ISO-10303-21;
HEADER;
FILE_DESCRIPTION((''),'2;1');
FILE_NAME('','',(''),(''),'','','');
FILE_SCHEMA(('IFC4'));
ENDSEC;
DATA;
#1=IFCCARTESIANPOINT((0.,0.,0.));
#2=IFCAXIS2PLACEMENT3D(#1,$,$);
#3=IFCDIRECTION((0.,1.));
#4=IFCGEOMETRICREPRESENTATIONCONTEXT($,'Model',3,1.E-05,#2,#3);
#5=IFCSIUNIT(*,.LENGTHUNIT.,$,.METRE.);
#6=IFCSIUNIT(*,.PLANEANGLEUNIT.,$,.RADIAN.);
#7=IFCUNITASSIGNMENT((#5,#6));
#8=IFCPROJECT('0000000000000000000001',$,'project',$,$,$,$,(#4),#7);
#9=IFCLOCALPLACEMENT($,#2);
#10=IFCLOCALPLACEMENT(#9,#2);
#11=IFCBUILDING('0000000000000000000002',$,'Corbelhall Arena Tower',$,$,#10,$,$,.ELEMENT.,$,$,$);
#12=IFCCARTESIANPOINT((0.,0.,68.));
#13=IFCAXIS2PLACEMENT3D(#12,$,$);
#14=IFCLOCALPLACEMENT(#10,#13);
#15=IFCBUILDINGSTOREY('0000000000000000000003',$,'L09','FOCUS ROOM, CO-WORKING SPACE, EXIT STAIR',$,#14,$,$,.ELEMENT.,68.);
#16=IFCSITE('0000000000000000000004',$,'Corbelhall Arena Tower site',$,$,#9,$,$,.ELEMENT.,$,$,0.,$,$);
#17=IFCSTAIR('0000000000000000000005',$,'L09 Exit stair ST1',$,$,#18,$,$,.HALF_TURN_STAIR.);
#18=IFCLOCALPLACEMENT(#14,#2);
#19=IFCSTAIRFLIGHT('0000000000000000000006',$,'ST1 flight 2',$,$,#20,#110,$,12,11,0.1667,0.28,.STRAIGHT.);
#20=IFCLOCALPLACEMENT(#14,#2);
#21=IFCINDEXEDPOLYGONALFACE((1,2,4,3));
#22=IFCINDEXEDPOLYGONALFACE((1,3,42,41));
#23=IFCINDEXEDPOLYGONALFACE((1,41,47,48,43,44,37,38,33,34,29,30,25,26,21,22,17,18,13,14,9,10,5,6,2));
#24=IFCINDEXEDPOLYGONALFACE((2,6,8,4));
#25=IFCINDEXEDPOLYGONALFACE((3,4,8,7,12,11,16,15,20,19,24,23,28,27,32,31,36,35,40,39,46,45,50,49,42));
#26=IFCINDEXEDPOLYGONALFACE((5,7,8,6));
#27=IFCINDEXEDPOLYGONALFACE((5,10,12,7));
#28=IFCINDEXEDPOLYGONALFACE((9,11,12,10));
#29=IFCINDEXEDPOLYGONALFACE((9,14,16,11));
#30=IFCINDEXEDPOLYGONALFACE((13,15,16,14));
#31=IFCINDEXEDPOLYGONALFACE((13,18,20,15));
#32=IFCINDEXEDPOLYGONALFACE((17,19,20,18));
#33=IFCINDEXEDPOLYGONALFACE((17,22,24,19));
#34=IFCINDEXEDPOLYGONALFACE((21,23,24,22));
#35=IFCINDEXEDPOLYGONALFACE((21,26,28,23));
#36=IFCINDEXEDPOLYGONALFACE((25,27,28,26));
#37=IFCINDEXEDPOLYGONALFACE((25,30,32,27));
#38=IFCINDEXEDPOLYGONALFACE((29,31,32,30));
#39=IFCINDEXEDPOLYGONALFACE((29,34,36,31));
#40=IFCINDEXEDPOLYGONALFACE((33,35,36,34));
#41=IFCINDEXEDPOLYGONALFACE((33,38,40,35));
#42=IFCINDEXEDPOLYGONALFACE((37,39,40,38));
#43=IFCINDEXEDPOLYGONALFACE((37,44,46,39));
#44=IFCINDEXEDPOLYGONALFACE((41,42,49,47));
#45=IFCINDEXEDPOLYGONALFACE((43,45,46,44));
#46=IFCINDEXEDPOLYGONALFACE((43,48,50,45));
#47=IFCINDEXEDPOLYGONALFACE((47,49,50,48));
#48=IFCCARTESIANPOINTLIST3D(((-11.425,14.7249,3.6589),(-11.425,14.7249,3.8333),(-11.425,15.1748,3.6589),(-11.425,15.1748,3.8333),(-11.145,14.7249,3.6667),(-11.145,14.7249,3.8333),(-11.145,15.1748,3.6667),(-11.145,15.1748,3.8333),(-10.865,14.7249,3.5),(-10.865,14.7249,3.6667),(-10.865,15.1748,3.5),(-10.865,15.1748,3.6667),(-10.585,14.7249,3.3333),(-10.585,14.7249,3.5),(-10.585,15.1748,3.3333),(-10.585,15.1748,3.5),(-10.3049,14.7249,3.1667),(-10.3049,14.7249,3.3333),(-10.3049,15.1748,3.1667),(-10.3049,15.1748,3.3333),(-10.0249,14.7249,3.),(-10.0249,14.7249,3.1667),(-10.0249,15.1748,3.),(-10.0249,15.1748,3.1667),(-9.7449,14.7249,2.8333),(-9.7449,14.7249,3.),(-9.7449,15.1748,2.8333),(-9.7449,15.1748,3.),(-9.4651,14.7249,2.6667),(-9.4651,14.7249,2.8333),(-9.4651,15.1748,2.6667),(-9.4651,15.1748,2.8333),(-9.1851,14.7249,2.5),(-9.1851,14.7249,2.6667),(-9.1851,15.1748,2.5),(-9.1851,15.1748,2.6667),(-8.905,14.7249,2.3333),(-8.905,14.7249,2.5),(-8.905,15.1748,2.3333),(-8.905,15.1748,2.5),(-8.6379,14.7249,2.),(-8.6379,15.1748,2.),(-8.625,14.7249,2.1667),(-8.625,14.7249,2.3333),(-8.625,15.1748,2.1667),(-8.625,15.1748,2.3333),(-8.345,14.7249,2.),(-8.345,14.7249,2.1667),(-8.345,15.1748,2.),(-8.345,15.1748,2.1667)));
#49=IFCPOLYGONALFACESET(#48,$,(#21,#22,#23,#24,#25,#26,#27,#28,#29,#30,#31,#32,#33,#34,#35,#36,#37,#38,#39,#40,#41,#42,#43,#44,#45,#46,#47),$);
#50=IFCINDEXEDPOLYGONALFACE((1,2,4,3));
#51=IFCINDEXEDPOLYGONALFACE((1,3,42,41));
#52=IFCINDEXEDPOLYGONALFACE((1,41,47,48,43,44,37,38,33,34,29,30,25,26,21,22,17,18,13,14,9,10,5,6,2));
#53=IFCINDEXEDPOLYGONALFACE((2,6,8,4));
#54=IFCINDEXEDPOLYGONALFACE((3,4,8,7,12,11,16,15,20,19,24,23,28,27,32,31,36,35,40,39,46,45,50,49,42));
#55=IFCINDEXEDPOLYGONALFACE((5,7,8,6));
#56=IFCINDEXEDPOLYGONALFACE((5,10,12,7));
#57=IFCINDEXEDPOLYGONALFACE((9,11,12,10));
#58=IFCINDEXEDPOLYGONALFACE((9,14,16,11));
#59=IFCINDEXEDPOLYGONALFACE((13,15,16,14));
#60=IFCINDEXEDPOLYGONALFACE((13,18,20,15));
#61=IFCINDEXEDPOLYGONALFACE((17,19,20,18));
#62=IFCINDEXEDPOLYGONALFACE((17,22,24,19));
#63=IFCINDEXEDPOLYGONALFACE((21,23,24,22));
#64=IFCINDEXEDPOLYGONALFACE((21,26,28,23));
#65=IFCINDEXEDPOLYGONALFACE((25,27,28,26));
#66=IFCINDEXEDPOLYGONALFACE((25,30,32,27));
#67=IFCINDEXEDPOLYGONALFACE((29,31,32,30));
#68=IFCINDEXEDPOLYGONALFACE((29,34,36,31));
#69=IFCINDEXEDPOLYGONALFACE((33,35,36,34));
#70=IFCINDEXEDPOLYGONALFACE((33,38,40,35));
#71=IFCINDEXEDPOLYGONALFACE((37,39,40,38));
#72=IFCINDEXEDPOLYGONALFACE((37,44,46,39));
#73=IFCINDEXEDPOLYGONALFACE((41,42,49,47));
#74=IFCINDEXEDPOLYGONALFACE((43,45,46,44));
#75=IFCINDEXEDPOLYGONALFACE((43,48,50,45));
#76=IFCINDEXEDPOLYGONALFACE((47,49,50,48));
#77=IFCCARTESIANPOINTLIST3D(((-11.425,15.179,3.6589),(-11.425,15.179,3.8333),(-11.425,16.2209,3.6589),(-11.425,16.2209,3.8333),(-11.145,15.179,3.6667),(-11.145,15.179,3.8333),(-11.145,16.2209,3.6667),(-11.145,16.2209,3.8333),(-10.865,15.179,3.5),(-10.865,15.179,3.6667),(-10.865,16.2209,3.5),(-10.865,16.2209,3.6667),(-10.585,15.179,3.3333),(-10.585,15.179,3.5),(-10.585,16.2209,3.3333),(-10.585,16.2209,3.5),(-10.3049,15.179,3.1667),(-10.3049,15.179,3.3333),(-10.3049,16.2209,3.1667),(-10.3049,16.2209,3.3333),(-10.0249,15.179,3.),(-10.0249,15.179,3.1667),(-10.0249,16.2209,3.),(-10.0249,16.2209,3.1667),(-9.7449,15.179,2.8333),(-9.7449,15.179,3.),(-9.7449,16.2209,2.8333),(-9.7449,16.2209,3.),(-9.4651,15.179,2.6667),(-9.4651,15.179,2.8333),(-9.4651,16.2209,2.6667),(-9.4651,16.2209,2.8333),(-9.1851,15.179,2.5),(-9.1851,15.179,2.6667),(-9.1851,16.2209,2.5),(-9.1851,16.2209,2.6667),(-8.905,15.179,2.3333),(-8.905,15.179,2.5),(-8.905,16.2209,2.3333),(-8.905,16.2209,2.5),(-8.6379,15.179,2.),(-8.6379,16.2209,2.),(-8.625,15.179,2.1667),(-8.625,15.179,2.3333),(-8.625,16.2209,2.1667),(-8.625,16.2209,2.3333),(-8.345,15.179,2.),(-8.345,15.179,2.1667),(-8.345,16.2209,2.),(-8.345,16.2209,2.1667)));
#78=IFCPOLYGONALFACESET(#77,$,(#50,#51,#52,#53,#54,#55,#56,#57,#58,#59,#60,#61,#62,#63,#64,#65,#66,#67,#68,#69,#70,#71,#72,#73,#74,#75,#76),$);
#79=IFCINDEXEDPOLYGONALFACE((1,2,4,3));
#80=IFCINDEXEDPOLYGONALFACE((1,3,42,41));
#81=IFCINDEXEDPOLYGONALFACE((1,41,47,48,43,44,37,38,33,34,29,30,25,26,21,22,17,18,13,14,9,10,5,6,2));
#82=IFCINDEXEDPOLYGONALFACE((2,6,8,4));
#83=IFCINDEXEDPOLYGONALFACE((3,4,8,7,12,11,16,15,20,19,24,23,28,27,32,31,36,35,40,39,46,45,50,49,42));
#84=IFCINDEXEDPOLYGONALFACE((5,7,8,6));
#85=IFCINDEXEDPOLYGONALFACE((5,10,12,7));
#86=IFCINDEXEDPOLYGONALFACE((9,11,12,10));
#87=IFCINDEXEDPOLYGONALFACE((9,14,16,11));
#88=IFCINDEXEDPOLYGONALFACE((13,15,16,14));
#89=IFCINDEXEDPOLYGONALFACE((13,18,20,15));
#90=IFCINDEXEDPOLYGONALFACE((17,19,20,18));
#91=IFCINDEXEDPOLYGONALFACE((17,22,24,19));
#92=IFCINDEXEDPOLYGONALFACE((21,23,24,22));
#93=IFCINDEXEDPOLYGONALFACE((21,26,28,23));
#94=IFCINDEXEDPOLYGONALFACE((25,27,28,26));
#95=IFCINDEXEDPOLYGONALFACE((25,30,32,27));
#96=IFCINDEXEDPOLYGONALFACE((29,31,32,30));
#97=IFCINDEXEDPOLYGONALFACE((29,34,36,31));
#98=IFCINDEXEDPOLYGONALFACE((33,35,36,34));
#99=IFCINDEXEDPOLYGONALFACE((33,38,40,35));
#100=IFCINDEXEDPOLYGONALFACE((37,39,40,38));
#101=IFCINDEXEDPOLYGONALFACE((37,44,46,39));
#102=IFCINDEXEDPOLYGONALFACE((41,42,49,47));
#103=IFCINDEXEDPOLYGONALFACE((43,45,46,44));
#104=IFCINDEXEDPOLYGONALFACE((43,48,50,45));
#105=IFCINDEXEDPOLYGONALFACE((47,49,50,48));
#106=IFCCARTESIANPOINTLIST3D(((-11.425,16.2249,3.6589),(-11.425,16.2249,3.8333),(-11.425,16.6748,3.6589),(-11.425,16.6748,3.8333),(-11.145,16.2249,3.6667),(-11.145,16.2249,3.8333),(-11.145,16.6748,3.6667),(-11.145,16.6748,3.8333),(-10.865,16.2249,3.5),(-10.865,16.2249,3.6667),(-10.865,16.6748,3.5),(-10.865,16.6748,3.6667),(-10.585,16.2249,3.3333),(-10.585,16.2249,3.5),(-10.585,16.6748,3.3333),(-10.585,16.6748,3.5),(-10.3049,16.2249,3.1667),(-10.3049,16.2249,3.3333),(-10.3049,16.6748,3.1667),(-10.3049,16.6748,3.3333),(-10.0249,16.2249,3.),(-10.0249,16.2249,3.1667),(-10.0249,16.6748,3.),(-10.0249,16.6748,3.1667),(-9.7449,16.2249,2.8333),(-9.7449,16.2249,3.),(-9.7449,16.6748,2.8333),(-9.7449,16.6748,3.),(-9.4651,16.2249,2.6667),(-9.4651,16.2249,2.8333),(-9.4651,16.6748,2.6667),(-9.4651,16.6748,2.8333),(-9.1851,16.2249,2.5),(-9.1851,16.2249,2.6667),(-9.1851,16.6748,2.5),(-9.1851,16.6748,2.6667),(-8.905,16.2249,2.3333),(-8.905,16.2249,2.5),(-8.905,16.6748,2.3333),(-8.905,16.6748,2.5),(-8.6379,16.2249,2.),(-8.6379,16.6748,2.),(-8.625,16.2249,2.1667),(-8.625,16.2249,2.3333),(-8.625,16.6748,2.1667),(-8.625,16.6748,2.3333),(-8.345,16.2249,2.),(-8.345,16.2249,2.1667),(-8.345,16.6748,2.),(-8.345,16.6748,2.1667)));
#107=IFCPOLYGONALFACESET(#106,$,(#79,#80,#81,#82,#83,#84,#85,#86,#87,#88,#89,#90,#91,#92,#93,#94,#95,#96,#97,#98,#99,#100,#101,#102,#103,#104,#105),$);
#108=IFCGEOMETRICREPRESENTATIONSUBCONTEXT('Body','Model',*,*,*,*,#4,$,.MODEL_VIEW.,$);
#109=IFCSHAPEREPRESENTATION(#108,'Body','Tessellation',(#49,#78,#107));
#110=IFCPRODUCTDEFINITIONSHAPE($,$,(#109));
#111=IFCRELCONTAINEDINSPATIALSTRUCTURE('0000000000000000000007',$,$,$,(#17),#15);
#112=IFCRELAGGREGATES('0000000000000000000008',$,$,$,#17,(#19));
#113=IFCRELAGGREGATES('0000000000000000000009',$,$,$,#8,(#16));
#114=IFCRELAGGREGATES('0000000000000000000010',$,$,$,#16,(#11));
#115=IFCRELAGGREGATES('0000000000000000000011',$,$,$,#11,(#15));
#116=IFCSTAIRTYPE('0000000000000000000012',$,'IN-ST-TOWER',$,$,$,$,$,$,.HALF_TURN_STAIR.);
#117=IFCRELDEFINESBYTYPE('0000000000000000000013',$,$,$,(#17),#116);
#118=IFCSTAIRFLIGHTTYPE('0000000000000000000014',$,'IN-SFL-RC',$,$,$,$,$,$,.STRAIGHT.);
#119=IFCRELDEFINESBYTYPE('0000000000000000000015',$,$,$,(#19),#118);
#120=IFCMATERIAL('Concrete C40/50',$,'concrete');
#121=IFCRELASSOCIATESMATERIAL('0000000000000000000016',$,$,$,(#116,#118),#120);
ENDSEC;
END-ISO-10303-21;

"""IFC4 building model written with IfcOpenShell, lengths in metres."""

from ifc_helpers import new_model, si_unit, direction, frame, origin, place, context, subcontext, project, spatial, polyline, outline, extrude, material, type_object, element, aggregate, save


model = new_model("IFC4")

# Units and contexts
model_context = context("Model", 3, precision=1e-05, world=origin(), true_north=direction((0.0, 1.0)))
body_context = subcontext(model_context, "Body", "Model", "MODEL_VIEW")
ifc_project = project(units=[si_unit("LENGTHUNIT", "METRE"), si_unit("PLANEANGLEUNIT", "RADIAN")], contexts=[model_context])

# Site, building, storey
site_placement = place(None, origin())
site = spatial("IfcSite", under=ifc_project, at=site_placement, Name="Corbelhall Arena Tower site", CompositionType="ELEMENT", RefElevation=0.0)
building_placement = place(site_placement, origin())
building = spatial("IfcBuilding", under=site, at=building_placement, Name="Corbelhall Arena Tower", CompositionType="ELEMENT")
storey_placement = place(building_placement, frame((0.0, 0.0, 68.0)))
storey = spatial("IfcBuildingStorey", under=building, at=storey_placement, Name="L09", Description="FOCUS ROOM, CO-WORKING SPACE, EXIT STAIR", CompositionType="ELEMENT", Elevation=68.0)

# Shared definitions
ifc_material_1 = material(Name="Concrete C40/50", Category="concrete")

# Stair, stair flight
stair_type = type_object("IfcStairType", Name="IN-ST-TOWER", PredefinedType="HALF_TURN_STAIR", material=ifc_material_1)
stair_placement = place(storey_placement, origin())
stair = element("IfcStair", 1, at=stair_placement, inside=storey, type_object=stair_type, Name="L09 Exit stair ST1", PredefinedType="HALF_TURN_STAIR")
stair_flight_type = type_object("IfcStairFlightType", Name="IN-SFL-RC", PredefinedType="STRAIGHT", material=ifc_material_1)
stair_flight_1_placement = place(storey_placement, frame((-8.345, 15.7, 2.0), z_axis=(0.0, 0.0, 1.0), x_axis=(-1.0, 0.0, 0.0)))
stair_flight_1 = element("IfcStairFlight", 2, at=stair_flight_1_placement, type_object=stair_flight_type, Name="ST1 flight 2", NumberOfRisers=12, NumberOfTreads=11, PredefinedType="STRAIGHT", RiserHeight=0.1667, TreadLength=0.28, context=body_context, shape_type="SweptSolid", body=[
    extrude(outline(polyline([(0.0, 0.0), (0.0, 0.1667), (0.28, 0.1667), (0.28, 0.3333), (0.5601, 0.3333), (0.5601, 0.5), (0.8401, 0.5), (0.8401, 0.6667), (1.1201, 0.6667), (1.1201, 0.8333), (1.3999, 0.8333), (1.3999, 1.0), (1.6799, 1.0), (1.6799, 1.1667), (1.96, 1.1667), (1.96, 1.3333), (2.24, 1.3333), (2.24, 1.5), (2.52, 1.5), (2.52, 1.6667), (2.8, 1.6667), (2.8, 1.8333), (3.0801, 1.8333), (3.0801, 2.0), (3.0801, 1.6589), (0.293, 0.0), (0.0, 0.0)])), frame((0.0, 0.9751, 0.0), z_axis=(0.0, -1.0, 0.0), x_axis=(1.0, 0.0, 0.0)), (0.0, 0.0, 1.0), 0.45),
    extrude(outline(polyline([(0.0, 0.0), (0.0, 0.1667), (0.28, 0.1667), (0.28, 0.3333), (0.5601, 0.3333), (0.5601, 0.5), (0.8401, 0.5), (0.8401, 0.6667), (1.1201, 0.6667), (1.1201, 0.8333), (1.3999, 0.8333), (1.3999, 1.0), (1.6799, 1.0), (1.6799, 1.1667), (1.96, 1.1667), (1.96, 1.3333), (2.24, 1.3333), (2.24, 1.5), (2.52, 1.5), (2.52, 1.6667), (2.8, 1.6667), (2.8, 1.8333), (3.0801, 1.8333), (3.0801, 2.0), (3.0801, 1.6589), (0.293, 0.0), (0.0, 0.0)])), frame((0.0, 0.521, 0.0), z_axis=(0.0, -1.0, 0.0), x_axis=(1.0, 0.0, 0.0)), (0.0, 0.0, 1.0), 1.042),
    extrude(outline(polyline([(0.0, 0.0), (0.0, 0.1667), (0.28, 0.1667), (0.28, 0.3333), (0.5601, 0.3333), (0.5601, 0.5), (0.8401, 0.5), (0.8401, 0.6667), (1.1201, 0.6667), (1.1201, 0.8333), (1.3999, 0.8333), (1.3999, 1.0), (1.6799, 1.0), (1.6799, 1.1667), (1.96, 1.1667), (1.96, 1.3333), (2.24, 1.3333), (2.24, 1.5), (2.52, 1.5), (2.52, 1.6667), (2.8, 1.6667), (2.8, 1.8333), (3.0801, 1.8333), (3.0801, 2.0), (3.0801, 1.6589), (0.293, 0.0), (0.0, 0.0)])), frame((0.0, -0.5249, 0.0), z_axis=(0.0, -1.0, 0.0), x_axis=(1.0, 0.0, 0.0)), (0.0, 0.0, 1.0), 0.45),
])
aggregate(stair, [stair_flight_1])

save(model, "model.ifc")
